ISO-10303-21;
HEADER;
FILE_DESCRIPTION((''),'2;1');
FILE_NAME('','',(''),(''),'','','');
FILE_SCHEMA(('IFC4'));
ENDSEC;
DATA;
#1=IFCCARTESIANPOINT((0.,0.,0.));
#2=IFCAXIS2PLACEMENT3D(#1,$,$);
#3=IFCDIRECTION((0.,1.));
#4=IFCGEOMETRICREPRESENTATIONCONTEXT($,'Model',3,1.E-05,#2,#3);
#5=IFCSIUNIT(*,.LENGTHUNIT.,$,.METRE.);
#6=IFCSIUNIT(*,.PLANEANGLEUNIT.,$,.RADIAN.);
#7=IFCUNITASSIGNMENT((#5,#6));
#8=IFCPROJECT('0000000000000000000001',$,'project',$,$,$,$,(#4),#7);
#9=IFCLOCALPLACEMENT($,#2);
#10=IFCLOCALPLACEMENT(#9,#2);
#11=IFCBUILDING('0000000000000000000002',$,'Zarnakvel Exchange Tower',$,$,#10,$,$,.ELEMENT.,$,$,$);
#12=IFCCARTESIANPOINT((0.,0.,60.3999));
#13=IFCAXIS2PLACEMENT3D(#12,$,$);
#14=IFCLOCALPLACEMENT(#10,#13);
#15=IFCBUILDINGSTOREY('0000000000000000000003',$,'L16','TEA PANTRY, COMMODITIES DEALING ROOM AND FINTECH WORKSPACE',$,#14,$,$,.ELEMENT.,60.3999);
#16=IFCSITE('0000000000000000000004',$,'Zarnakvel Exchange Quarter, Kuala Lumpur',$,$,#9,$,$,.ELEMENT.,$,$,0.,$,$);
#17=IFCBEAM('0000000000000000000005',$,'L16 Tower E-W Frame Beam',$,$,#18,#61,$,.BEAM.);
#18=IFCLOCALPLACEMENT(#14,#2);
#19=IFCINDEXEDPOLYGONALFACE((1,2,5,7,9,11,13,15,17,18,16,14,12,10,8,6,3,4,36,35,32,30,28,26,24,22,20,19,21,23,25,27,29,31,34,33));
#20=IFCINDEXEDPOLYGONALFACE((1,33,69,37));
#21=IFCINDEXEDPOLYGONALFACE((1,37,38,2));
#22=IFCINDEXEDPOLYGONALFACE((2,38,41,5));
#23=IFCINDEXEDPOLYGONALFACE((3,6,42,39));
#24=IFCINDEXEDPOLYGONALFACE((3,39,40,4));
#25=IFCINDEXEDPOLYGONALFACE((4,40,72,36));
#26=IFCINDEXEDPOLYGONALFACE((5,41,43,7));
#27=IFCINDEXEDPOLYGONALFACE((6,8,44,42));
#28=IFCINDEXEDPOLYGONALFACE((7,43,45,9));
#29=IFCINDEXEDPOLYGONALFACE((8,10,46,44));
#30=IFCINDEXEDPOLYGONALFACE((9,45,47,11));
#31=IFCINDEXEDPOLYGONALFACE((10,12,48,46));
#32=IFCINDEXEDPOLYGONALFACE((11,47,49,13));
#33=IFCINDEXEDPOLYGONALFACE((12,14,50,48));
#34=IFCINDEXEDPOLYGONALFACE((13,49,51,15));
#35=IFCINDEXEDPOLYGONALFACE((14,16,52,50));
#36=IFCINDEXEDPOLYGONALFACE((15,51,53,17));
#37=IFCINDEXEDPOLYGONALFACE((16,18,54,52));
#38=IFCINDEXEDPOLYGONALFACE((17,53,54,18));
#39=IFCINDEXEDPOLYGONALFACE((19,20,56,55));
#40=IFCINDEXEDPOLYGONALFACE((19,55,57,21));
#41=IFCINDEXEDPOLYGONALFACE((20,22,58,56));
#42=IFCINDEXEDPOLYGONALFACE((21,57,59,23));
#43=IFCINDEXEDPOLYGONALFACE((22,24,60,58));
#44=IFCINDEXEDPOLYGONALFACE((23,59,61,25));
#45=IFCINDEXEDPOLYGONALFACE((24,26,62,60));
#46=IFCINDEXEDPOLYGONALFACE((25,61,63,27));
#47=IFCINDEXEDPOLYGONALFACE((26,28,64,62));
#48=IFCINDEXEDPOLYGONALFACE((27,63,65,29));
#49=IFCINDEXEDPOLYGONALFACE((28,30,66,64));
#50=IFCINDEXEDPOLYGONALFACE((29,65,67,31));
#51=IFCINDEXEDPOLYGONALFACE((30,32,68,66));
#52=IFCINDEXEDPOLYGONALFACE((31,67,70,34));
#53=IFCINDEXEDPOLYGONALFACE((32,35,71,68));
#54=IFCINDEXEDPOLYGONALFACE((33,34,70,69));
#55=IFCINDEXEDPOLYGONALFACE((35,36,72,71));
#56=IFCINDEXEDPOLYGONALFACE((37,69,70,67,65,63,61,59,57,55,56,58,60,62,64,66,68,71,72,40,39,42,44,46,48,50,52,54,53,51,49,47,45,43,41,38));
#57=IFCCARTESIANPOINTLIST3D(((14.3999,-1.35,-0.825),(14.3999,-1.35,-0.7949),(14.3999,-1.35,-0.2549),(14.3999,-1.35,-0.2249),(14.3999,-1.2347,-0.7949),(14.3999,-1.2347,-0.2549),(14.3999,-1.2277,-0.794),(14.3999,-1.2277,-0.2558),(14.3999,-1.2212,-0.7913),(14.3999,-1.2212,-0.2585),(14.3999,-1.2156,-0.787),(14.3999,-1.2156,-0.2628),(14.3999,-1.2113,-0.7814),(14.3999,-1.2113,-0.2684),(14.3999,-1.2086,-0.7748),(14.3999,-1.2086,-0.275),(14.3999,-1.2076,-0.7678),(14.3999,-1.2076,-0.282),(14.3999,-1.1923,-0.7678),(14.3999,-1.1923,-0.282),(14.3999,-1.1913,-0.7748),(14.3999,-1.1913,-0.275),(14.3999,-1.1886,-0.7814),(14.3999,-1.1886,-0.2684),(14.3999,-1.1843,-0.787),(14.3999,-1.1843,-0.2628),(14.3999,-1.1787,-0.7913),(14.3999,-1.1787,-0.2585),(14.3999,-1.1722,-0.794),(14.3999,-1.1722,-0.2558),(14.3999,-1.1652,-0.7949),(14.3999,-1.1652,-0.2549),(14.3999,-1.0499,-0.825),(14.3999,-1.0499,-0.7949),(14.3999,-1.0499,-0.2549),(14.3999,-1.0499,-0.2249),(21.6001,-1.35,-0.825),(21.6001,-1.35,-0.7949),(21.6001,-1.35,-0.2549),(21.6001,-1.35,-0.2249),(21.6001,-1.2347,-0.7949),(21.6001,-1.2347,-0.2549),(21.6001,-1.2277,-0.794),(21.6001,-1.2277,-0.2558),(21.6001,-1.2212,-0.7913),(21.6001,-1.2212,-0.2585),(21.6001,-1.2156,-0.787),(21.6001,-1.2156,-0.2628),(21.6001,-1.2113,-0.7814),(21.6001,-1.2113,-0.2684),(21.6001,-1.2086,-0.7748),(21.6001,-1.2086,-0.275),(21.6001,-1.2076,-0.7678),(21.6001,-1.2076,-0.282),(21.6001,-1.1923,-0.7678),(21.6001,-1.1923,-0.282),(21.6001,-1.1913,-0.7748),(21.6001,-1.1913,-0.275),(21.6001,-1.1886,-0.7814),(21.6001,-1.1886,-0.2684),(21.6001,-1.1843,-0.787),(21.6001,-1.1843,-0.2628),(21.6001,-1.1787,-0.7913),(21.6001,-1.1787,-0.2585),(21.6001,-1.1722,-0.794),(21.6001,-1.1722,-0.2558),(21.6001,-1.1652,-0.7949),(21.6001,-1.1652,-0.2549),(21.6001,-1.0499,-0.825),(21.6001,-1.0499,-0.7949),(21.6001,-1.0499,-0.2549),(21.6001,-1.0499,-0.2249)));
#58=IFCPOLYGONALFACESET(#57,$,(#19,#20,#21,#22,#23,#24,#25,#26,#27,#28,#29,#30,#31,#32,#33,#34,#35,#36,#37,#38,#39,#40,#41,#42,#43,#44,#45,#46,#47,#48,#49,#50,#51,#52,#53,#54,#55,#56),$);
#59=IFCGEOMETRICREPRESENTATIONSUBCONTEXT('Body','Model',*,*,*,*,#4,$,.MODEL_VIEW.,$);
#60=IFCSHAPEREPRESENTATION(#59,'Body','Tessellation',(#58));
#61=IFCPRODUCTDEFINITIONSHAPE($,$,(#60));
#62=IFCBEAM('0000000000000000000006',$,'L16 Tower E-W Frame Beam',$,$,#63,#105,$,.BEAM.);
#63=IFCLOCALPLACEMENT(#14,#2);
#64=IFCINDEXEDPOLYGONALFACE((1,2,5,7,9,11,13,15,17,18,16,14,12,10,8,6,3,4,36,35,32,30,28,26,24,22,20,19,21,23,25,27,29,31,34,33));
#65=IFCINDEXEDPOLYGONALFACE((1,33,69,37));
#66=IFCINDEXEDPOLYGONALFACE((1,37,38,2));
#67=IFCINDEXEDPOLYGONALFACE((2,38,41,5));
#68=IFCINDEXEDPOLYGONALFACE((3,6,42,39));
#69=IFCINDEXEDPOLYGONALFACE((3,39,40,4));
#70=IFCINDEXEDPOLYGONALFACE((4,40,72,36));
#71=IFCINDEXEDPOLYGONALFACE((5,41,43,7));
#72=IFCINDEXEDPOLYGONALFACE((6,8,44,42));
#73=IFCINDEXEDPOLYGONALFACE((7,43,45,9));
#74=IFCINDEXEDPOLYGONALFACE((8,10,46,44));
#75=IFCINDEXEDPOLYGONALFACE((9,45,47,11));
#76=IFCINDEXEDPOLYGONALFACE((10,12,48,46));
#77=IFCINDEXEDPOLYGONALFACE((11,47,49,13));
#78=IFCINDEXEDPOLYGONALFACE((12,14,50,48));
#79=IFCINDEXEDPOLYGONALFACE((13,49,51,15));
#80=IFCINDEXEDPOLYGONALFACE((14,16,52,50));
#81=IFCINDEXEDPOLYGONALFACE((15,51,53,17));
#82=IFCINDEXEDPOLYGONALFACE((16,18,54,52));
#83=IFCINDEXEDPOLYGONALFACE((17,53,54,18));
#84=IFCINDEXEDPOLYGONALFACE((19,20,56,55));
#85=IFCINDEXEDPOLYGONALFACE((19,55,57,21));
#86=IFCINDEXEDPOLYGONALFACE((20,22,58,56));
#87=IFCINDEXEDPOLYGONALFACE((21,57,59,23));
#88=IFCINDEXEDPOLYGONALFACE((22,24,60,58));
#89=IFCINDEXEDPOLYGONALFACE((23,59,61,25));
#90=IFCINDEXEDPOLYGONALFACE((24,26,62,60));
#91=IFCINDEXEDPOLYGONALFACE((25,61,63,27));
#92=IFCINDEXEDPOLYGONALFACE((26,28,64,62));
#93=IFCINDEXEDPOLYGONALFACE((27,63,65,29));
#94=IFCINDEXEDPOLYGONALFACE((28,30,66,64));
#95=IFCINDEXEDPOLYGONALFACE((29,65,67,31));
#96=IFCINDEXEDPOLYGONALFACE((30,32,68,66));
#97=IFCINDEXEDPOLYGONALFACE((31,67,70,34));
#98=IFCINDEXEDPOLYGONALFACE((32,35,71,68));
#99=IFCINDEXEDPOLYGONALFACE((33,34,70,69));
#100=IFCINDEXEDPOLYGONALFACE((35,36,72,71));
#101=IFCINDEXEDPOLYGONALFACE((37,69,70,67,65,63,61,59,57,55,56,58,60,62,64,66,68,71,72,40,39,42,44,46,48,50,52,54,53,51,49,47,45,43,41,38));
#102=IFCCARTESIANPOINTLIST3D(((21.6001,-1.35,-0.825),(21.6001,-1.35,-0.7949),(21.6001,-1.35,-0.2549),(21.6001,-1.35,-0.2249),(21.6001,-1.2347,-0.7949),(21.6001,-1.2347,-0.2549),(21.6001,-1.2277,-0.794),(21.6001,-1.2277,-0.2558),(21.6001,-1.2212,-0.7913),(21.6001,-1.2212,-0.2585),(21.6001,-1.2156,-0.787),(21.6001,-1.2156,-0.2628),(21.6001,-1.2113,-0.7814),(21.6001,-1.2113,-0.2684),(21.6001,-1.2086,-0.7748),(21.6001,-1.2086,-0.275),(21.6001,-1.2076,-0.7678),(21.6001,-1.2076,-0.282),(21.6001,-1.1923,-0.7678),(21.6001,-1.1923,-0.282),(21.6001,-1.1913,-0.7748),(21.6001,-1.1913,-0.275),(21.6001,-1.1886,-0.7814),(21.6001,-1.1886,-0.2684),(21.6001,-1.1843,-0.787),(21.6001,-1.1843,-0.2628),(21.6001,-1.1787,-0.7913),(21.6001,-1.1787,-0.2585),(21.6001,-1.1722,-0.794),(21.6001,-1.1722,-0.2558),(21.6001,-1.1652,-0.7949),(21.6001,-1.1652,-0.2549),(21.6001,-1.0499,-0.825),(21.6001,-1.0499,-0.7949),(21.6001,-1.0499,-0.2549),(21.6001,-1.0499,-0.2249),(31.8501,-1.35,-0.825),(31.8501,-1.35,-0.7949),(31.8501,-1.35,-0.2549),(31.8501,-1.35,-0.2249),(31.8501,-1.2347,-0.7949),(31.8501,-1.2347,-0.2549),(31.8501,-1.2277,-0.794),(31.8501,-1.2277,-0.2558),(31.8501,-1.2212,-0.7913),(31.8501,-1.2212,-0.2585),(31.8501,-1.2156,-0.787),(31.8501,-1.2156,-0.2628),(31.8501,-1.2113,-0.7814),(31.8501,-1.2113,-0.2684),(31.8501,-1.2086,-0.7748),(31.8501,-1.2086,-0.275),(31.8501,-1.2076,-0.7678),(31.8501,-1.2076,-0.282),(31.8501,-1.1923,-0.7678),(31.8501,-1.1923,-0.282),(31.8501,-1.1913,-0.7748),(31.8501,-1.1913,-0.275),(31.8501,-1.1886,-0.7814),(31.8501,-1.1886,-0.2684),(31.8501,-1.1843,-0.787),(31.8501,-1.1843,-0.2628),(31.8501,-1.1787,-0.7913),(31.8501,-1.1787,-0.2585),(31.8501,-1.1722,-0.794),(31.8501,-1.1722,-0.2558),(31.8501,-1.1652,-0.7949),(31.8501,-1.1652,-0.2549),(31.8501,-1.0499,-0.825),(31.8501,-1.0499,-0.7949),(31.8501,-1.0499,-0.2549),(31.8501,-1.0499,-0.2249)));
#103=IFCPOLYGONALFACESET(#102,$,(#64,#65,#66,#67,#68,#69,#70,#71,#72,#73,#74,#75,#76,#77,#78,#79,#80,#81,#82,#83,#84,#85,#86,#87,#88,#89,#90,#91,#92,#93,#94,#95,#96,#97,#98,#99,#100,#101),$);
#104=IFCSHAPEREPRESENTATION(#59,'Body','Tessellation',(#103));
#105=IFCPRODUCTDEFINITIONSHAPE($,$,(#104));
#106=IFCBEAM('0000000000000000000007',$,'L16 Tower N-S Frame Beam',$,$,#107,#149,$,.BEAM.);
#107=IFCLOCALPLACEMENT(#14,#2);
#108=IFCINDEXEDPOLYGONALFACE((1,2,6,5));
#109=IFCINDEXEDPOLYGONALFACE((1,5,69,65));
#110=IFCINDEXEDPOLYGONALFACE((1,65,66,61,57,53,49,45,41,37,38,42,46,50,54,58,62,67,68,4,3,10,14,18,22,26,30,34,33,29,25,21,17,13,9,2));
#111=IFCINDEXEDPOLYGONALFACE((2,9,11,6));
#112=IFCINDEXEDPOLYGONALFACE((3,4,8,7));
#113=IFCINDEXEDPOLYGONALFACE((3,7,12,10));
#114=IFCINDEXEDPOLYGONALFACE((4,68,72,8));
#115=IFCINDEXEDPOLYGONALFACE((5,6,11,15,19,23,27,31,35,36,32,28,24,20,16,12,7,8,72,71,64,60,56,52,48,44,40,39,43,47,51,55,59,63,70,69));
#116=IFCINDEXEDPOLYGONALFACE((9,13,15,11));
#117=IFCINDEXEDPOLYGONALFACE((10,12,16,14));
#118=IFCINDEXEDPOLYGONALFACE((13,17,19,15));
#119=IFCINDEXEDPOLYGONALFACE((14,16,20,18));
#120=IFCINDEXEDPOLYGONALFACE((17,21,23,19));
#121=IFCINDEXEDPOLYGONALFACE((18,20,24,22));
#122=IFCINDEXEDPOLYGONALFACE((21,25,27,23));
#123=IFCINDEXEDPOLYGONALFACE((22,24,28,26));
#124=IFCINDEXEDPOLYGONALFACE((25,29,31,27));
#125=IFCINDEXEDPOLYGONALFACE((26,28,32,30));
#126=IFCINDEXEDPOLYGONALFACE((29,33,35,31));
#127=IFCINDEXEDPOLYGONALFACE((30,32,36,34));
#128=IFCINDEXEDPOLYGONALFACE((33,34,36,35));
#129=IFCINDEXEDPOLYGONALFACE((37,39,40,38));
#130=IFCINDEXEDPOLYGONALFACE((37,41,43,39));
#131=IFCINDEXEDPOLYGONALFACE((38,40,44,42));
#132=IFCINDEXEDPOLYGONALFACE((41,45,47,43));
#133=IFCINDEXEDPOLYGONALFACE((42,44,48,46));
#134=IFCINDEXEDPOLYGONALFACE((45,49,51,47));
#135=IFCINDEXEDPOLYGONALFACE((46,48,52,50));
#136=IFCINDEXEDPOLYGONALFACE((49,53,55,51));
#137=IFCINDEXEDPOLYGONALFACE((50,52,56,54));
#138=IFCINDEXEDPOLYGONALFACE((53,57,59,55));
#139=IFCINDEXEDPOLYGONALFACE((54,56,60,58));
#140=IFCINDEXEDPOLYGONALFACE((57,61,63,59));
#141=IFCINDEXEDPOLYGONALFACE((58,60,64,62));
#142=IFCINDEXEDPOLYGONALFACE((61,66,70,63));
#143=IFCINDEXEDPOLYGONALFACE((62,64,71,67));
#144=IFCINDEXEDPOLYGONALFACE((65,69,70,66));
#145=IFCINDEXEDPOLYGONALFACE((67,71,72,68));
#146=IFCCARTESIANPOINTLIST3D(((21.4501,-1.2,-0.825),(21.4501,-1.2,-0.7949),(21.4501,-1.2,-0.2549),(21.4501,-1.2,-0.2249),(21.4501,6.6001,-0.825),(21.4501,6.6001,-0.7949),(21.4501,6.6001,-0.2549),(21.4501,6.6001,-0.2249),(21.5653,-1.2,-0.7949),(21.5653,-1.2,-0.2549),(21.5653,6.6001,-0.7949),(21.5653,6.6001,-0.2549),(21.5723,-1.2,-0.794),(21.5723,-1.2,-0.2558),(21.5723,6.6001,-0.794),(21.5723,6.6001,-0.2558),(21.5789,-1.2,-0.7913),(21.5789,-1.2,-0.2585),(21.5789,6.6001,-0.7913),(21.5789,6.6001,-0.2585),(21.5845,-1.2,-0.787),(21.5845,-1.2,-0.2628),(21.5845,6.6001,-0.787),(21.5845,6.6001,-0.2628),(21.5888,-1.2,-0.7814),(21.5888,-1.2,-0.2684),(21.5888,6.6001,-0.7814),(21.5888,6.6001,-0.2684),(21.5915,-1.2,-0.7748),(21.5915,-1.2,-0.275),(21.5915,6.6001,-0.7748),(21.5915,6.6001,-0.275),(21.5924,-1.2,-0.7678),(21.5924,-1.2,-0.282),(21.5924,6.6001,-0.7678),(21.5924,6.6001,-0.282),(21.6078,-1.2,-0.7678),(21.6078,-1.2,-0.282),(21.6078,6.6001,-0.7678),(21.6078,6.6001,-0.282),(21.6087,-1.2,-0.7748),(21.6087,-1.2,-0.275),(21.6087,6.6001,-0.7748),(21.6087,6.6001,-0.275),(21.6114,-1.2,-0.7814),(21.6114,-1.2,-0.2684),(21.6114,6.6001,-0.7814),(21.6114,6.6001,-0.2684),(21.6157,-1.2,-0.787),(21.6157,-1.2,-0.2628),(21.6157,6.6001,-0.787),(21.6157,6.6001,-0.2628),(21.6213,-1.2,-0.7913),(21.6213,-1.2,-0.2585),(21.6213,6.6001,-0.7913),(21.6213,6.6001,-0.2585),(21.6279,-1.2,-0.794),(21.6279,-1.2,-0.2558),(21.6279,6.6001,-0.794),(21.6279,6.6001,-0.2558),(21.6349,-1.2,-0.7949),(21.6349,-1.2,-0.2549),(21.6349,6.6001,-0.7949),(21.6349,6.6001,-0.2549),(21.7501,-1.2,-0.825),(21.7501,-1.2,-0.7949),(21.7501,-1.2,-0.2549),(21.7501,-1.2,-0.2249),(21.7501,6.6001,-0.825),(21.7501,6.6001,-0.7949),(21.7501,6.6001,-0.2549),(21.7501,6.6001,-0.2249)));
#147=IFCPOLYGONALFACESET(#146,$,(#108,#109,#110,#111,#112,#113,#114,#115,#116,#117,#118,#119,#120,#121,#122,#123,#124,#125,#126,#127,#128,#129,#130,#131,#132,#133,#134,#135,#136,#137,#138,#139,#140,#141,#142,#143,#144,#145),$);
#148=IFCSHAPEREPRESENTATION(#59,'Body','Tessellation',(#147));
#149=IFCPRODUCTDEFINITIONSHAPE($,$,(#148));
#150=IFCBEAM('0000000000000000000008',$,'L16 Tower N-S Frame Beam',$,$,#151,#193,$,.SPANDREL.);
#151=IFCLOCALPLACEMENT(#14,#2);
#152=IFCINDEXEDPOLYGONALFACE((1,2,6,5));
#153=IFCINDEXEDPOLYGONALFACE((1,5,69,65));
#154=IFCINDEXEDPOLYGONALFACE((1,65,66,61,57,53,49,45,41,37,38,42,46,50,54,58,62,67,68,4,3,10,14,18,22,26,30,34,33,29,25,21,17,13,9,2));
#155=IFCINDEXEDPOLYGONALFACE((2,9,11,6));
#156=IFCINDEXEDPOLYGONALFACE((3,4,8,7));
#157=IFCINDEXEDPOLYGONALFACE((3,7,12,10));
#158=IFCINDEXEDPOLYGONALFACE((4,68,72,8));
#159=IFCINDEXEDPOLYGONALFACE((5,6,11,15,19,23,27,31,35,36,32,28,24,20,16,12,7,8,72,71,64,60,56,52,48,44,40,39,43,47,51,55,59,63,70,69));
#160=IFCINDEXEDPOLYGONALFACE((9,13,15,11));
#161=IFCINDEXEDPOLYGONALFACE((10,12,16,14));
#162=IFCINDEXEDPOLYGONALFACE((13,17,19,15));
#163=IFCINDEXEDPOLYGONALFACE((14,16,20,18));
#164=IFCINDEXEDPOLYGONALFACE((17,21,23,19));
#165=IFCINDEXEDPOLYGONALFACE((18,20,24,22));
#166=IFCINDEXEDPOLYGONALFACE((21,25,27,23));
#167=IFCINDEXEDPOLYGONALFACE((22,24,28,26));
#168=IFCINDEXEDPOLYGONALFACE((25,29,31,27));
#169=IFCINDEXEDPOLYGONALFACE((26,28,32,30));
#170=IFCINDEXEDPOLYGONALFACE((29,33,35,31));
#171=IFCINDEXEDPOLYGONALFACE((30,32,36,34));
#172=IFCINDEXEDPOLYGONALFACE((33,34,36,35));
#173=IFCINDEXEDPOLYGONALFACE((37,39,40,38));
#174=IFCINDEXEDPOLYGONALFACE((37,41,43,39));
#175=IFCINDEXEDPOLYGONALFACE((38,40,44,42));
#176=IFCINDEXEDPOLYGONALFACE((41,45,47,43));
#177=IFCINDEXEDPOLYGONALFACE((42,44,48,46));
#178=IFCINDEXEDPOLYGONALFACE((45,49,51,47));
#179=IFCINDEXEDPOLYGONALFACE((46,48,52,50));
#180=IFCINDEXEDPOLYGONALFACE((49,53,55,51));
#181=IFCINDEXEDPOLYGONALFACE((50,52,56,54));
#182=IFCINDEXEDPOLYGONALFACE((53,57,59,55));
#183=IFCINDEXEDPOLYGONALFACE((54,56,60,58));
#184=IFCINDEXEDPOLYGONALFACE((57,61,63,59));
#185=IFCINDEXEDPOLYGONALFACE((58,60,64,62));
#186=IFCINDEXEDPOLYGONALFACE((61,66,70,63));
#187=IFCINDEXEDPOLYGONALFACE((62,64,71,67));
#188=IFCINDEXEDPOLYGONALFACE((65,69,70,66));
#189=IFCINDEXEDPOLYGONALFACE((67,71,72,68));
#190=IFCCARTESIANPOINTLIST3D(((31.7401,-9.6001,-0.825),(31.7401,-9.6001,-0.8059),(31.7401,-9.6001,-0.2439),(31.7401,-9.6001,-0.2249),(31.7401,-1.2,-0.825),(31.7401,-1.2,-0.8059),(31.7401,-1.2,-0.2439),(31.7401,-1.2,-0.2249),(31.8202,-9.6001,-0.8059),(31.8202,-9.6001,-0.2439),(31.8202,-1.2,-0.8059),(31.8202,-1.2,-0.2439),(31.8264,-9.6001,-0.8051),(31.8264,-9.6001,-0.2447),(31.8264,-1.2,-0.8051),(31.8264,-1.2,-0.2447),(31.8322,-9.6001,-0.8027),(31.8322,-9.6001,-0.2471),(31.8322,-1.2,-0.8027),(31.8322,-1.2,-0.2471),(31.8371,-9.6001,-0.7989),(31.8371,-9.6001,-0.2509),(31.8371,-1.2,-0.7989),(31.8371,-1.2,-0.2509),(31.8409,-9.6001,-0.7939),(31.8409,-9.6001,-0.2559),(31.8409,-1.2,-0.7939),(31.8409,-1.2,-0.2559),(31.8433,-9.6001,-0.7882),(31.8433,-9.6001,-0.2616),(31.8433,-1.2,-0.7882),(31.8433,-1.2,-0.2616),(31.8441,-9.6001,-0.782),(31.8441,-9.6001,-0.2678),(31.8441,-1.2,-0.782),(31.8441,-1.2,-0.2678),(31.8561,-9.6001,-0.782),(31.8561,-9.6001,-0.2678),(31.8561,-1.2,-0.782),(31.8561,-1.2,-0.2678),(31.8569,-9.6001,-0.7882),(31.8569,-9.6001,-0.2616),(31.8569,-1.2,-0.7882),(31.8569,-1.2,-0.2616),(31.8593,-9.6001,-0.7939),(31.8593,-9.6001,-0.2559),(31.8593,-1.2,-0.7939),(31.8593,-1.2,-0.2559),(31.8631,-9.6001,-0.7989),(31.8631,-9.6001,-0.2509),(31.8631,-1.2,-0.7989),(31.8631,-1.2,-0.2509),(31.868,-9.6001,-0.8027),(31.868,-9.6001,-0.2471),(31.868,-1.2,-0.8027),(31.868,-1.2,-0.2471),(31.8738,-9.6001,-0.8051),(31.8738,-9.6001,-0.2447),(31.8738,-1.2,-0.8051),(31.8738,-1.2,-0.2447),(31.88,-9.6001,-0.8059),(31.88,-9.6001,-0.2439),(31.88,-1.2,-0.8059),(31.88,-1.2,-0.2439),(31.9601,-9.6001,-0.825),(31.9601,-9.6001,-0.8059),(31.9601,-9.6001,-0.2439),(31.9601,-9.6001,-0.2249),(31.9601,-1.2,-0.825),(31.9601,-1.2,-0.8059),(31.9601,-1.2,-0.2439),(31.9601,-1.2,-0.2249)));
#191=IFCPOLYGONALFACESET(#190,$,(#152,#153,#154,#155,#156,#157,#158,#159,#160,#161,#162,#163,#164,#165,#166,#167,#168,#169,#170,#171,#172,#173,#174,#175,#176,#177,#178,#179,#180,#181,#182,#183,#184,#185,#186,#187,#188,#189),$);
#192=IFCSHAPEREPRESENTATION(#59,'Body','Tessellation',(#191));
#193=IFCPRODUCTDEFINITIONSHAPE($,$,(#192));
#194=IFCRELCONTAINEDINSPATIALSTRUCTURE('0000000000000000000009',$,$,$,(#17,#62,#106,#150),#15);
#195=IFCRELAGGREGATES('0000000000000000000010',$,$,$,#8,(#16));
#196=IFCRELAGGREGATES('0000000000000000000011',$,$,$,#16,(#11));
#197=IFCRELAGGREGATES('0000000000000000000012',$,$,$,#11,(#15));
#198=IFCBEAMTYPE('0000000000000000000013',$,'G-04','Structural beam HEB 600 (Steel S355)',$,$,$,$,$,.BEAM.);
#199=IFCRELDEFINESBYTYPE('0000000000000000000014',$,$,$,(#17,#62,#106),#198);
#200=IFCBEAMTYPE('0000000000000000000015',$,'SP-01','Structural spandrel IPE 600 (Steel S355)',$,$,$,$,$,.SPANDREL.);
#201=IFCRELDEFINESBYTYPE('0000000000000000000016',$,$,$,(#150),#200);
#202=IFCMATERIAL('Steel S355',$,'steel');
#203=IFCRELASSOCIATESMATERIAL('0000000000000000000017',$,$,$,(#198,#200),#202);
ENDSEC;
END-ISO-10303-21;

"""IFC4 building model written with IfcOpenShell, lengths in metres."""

from ifc_helpers import new_model, si_unit, direction, frame, origin, origin_2d, place, context, subcontext, project, spatial, i_section, extrude, material, material_profile, profile_set, type_object, element, save


model = new_model("IFC4")

# Units and contexts
model_context = context("Model", 3, precision=1e-05, world=origin(), true_north=direction((0.0, 1.0)))
body_context = subcontext(model_context, "Body", "Model", "MODEL_VIEW")
ifc_project = project(units=[si_unit("LENGTHUNIT", "METRE"), si_unit("PLANEANGLEUNIT", "RADIAN")], contexts=[model_context])

# Site, building, storey
site_placement = place(None, origin())
site = spatial("IfcSite", under=ifc_project, at=site_placement, Name="Zarnakvel Exchange Quarter, Kuala Lumpur", CompositionType="ELEMENT", RefElevation=0.0)
building_placement = place(site_placement, origin())
building = spatial("IfcBuilding", under=site, at=building_placement, Name="Zarnakvel Exchange Tower", CompositionType="ELEMENT")
storey_placement = place(building_placement, frame((0.0, 0.0, 60.3999)))
storey = spatial("IfcBuildingStorey", under=building, at=storey_placement, Name="L16", Description="TEA PANTRY, COMMODITIES DEALING ROOM AND FINTECH WORKSPACE", CompositionType="ELEMENT", Elevation=60.3999)

# Shared definitions
ifc_material_1 = material(Name="Steel S355", Category="steel")

# Beams
ifc_material_profile_1 = material_profile(ifc_material_1, i_section(OverallWidth=0.3, OverallDepth=0.6001, WebThickness=0.0154, FlangeThickness=0.03, FilletRadius=0.0271, at=origin_2d()))
ifc_profile_set_1 = profile_set([ifc_material_profile_1], Name="Steel S355")
beam_type_1 = type_object("IfcBeamType", Name="G-04", Description="Structural beam HEB 600 (Steel S355)", PredefinedType="BEAM", material=ifc_profile_set_1)
beam_1_placement = place(storey_placement, frame((14.3999, -1.2, -0.5249), z_axis=(1.0, 0.0, 0.0), x_axis=(0.0, 1.0, 0.0)))
element("IfcBeam", 1, at=beam_1_placement, inside=storey, type_object=beam_type_1, Name="L16 Tower E-W Frame Beam", PredefinedType="BEAM", context=body_context, shape_type="SweptSolid", body=[
    extrude(i_section(OverallWidth=0.3, OverallDepth=0.6001, WebThickness=0.0154, FlangeThickness=0.03, FilletRadius=0.0271, at=origin_2d()), origin(), (0.0, 0.0, 1.0), 7.2002),
])
beam_2_placement = place(storey_placement, frame((21.6001, -1.2, -0.5249), z_axis=(1.0, 0.0, 0.0), x_axis=(0.0, 1.0, 0.0)))
element("IfcBeam", 2, at=beam_2_placement, inside=storey, type_object=beam_type_1, Name="L16 Tower E-W Frame Beam", PredefinedType="BEAM", context=body_context, shape_type="SweptSolid", body=[
    extrude(i_section(OverallWidth=0.3, OverallDepth=0.6001, WebThickness=0.0154, FlangeThickness=0.03, FilletRadius=0.0271, at=origin_2d()), origin(), (0.0, 0.0, 1.0), 10.25),
])
beam_3_placement = place(storey_placement, frame((21.6001, -1.2, -0.5249), z_axis=(0.0, 1.0, 0.0), x_axis=(-1.0, 0.0, 0.0)))
element("IfcBeam", 3, at=beam_3_placement, inside=storey, type_object=beam_type_1, Name="L16 Tower N-S Frame Beam", PredefinedType="BEAM", context=body_context, shape_type="SweptSolid", body=[
    extrude(i_section(OverallWidth=0.3, OverallDepth=0.6001, WebThickness=0.0154, FlangeThickness=0.03, FilletRadius=0.0271, at=origin_2d()), origin(), (0.0, 0.0, 1.0), 7.8),
])
ifc_material_profile_2 = material_profile(ifc_material_1, i_section(OverallWidth=0.22, OverallDepth=0.6001, WebThickness=0.012, FlangeThickness=0.019, FilletRadius=0.0239, at=origin_2d()))
ifc_profile_set_2 = profile_set([ifc_material_profile_2], Name="Steel S355")
beam_type_2 = type_object("IfcBeamType", Name="SP-01", Description="Structural spandrel IPE 600 (Steel S355)", PredefinedType="SPANDREL", material=ifc_profile_set_2)
beam_4_placement = place(storey_placement, frame((31.8501, -9.6001, -0.5249), z_axis=(0.0, 1.0, 0.0), x_axis=(-1.0, 0.0, 0.0)))
element("IfcBeam", 4, at=beam_4_placement, inside=storey, type_object=beam_type_2, Name="L16 Tower N-S Frame Beam", PredefinedType="SPANDREL", context=body_context, shape_type="SweptSolid", body=[
    extrude(i_section(OverallWidth=0.22, OverallDepth=0.6001, WebThickness=0.012, FlangeThickness=0.019, FilletRadius=0.0239, at=origin_2d()), origin(), (0.0, 0.0, 1.0), 8.4001),
])

save(model, "model.ifc")
